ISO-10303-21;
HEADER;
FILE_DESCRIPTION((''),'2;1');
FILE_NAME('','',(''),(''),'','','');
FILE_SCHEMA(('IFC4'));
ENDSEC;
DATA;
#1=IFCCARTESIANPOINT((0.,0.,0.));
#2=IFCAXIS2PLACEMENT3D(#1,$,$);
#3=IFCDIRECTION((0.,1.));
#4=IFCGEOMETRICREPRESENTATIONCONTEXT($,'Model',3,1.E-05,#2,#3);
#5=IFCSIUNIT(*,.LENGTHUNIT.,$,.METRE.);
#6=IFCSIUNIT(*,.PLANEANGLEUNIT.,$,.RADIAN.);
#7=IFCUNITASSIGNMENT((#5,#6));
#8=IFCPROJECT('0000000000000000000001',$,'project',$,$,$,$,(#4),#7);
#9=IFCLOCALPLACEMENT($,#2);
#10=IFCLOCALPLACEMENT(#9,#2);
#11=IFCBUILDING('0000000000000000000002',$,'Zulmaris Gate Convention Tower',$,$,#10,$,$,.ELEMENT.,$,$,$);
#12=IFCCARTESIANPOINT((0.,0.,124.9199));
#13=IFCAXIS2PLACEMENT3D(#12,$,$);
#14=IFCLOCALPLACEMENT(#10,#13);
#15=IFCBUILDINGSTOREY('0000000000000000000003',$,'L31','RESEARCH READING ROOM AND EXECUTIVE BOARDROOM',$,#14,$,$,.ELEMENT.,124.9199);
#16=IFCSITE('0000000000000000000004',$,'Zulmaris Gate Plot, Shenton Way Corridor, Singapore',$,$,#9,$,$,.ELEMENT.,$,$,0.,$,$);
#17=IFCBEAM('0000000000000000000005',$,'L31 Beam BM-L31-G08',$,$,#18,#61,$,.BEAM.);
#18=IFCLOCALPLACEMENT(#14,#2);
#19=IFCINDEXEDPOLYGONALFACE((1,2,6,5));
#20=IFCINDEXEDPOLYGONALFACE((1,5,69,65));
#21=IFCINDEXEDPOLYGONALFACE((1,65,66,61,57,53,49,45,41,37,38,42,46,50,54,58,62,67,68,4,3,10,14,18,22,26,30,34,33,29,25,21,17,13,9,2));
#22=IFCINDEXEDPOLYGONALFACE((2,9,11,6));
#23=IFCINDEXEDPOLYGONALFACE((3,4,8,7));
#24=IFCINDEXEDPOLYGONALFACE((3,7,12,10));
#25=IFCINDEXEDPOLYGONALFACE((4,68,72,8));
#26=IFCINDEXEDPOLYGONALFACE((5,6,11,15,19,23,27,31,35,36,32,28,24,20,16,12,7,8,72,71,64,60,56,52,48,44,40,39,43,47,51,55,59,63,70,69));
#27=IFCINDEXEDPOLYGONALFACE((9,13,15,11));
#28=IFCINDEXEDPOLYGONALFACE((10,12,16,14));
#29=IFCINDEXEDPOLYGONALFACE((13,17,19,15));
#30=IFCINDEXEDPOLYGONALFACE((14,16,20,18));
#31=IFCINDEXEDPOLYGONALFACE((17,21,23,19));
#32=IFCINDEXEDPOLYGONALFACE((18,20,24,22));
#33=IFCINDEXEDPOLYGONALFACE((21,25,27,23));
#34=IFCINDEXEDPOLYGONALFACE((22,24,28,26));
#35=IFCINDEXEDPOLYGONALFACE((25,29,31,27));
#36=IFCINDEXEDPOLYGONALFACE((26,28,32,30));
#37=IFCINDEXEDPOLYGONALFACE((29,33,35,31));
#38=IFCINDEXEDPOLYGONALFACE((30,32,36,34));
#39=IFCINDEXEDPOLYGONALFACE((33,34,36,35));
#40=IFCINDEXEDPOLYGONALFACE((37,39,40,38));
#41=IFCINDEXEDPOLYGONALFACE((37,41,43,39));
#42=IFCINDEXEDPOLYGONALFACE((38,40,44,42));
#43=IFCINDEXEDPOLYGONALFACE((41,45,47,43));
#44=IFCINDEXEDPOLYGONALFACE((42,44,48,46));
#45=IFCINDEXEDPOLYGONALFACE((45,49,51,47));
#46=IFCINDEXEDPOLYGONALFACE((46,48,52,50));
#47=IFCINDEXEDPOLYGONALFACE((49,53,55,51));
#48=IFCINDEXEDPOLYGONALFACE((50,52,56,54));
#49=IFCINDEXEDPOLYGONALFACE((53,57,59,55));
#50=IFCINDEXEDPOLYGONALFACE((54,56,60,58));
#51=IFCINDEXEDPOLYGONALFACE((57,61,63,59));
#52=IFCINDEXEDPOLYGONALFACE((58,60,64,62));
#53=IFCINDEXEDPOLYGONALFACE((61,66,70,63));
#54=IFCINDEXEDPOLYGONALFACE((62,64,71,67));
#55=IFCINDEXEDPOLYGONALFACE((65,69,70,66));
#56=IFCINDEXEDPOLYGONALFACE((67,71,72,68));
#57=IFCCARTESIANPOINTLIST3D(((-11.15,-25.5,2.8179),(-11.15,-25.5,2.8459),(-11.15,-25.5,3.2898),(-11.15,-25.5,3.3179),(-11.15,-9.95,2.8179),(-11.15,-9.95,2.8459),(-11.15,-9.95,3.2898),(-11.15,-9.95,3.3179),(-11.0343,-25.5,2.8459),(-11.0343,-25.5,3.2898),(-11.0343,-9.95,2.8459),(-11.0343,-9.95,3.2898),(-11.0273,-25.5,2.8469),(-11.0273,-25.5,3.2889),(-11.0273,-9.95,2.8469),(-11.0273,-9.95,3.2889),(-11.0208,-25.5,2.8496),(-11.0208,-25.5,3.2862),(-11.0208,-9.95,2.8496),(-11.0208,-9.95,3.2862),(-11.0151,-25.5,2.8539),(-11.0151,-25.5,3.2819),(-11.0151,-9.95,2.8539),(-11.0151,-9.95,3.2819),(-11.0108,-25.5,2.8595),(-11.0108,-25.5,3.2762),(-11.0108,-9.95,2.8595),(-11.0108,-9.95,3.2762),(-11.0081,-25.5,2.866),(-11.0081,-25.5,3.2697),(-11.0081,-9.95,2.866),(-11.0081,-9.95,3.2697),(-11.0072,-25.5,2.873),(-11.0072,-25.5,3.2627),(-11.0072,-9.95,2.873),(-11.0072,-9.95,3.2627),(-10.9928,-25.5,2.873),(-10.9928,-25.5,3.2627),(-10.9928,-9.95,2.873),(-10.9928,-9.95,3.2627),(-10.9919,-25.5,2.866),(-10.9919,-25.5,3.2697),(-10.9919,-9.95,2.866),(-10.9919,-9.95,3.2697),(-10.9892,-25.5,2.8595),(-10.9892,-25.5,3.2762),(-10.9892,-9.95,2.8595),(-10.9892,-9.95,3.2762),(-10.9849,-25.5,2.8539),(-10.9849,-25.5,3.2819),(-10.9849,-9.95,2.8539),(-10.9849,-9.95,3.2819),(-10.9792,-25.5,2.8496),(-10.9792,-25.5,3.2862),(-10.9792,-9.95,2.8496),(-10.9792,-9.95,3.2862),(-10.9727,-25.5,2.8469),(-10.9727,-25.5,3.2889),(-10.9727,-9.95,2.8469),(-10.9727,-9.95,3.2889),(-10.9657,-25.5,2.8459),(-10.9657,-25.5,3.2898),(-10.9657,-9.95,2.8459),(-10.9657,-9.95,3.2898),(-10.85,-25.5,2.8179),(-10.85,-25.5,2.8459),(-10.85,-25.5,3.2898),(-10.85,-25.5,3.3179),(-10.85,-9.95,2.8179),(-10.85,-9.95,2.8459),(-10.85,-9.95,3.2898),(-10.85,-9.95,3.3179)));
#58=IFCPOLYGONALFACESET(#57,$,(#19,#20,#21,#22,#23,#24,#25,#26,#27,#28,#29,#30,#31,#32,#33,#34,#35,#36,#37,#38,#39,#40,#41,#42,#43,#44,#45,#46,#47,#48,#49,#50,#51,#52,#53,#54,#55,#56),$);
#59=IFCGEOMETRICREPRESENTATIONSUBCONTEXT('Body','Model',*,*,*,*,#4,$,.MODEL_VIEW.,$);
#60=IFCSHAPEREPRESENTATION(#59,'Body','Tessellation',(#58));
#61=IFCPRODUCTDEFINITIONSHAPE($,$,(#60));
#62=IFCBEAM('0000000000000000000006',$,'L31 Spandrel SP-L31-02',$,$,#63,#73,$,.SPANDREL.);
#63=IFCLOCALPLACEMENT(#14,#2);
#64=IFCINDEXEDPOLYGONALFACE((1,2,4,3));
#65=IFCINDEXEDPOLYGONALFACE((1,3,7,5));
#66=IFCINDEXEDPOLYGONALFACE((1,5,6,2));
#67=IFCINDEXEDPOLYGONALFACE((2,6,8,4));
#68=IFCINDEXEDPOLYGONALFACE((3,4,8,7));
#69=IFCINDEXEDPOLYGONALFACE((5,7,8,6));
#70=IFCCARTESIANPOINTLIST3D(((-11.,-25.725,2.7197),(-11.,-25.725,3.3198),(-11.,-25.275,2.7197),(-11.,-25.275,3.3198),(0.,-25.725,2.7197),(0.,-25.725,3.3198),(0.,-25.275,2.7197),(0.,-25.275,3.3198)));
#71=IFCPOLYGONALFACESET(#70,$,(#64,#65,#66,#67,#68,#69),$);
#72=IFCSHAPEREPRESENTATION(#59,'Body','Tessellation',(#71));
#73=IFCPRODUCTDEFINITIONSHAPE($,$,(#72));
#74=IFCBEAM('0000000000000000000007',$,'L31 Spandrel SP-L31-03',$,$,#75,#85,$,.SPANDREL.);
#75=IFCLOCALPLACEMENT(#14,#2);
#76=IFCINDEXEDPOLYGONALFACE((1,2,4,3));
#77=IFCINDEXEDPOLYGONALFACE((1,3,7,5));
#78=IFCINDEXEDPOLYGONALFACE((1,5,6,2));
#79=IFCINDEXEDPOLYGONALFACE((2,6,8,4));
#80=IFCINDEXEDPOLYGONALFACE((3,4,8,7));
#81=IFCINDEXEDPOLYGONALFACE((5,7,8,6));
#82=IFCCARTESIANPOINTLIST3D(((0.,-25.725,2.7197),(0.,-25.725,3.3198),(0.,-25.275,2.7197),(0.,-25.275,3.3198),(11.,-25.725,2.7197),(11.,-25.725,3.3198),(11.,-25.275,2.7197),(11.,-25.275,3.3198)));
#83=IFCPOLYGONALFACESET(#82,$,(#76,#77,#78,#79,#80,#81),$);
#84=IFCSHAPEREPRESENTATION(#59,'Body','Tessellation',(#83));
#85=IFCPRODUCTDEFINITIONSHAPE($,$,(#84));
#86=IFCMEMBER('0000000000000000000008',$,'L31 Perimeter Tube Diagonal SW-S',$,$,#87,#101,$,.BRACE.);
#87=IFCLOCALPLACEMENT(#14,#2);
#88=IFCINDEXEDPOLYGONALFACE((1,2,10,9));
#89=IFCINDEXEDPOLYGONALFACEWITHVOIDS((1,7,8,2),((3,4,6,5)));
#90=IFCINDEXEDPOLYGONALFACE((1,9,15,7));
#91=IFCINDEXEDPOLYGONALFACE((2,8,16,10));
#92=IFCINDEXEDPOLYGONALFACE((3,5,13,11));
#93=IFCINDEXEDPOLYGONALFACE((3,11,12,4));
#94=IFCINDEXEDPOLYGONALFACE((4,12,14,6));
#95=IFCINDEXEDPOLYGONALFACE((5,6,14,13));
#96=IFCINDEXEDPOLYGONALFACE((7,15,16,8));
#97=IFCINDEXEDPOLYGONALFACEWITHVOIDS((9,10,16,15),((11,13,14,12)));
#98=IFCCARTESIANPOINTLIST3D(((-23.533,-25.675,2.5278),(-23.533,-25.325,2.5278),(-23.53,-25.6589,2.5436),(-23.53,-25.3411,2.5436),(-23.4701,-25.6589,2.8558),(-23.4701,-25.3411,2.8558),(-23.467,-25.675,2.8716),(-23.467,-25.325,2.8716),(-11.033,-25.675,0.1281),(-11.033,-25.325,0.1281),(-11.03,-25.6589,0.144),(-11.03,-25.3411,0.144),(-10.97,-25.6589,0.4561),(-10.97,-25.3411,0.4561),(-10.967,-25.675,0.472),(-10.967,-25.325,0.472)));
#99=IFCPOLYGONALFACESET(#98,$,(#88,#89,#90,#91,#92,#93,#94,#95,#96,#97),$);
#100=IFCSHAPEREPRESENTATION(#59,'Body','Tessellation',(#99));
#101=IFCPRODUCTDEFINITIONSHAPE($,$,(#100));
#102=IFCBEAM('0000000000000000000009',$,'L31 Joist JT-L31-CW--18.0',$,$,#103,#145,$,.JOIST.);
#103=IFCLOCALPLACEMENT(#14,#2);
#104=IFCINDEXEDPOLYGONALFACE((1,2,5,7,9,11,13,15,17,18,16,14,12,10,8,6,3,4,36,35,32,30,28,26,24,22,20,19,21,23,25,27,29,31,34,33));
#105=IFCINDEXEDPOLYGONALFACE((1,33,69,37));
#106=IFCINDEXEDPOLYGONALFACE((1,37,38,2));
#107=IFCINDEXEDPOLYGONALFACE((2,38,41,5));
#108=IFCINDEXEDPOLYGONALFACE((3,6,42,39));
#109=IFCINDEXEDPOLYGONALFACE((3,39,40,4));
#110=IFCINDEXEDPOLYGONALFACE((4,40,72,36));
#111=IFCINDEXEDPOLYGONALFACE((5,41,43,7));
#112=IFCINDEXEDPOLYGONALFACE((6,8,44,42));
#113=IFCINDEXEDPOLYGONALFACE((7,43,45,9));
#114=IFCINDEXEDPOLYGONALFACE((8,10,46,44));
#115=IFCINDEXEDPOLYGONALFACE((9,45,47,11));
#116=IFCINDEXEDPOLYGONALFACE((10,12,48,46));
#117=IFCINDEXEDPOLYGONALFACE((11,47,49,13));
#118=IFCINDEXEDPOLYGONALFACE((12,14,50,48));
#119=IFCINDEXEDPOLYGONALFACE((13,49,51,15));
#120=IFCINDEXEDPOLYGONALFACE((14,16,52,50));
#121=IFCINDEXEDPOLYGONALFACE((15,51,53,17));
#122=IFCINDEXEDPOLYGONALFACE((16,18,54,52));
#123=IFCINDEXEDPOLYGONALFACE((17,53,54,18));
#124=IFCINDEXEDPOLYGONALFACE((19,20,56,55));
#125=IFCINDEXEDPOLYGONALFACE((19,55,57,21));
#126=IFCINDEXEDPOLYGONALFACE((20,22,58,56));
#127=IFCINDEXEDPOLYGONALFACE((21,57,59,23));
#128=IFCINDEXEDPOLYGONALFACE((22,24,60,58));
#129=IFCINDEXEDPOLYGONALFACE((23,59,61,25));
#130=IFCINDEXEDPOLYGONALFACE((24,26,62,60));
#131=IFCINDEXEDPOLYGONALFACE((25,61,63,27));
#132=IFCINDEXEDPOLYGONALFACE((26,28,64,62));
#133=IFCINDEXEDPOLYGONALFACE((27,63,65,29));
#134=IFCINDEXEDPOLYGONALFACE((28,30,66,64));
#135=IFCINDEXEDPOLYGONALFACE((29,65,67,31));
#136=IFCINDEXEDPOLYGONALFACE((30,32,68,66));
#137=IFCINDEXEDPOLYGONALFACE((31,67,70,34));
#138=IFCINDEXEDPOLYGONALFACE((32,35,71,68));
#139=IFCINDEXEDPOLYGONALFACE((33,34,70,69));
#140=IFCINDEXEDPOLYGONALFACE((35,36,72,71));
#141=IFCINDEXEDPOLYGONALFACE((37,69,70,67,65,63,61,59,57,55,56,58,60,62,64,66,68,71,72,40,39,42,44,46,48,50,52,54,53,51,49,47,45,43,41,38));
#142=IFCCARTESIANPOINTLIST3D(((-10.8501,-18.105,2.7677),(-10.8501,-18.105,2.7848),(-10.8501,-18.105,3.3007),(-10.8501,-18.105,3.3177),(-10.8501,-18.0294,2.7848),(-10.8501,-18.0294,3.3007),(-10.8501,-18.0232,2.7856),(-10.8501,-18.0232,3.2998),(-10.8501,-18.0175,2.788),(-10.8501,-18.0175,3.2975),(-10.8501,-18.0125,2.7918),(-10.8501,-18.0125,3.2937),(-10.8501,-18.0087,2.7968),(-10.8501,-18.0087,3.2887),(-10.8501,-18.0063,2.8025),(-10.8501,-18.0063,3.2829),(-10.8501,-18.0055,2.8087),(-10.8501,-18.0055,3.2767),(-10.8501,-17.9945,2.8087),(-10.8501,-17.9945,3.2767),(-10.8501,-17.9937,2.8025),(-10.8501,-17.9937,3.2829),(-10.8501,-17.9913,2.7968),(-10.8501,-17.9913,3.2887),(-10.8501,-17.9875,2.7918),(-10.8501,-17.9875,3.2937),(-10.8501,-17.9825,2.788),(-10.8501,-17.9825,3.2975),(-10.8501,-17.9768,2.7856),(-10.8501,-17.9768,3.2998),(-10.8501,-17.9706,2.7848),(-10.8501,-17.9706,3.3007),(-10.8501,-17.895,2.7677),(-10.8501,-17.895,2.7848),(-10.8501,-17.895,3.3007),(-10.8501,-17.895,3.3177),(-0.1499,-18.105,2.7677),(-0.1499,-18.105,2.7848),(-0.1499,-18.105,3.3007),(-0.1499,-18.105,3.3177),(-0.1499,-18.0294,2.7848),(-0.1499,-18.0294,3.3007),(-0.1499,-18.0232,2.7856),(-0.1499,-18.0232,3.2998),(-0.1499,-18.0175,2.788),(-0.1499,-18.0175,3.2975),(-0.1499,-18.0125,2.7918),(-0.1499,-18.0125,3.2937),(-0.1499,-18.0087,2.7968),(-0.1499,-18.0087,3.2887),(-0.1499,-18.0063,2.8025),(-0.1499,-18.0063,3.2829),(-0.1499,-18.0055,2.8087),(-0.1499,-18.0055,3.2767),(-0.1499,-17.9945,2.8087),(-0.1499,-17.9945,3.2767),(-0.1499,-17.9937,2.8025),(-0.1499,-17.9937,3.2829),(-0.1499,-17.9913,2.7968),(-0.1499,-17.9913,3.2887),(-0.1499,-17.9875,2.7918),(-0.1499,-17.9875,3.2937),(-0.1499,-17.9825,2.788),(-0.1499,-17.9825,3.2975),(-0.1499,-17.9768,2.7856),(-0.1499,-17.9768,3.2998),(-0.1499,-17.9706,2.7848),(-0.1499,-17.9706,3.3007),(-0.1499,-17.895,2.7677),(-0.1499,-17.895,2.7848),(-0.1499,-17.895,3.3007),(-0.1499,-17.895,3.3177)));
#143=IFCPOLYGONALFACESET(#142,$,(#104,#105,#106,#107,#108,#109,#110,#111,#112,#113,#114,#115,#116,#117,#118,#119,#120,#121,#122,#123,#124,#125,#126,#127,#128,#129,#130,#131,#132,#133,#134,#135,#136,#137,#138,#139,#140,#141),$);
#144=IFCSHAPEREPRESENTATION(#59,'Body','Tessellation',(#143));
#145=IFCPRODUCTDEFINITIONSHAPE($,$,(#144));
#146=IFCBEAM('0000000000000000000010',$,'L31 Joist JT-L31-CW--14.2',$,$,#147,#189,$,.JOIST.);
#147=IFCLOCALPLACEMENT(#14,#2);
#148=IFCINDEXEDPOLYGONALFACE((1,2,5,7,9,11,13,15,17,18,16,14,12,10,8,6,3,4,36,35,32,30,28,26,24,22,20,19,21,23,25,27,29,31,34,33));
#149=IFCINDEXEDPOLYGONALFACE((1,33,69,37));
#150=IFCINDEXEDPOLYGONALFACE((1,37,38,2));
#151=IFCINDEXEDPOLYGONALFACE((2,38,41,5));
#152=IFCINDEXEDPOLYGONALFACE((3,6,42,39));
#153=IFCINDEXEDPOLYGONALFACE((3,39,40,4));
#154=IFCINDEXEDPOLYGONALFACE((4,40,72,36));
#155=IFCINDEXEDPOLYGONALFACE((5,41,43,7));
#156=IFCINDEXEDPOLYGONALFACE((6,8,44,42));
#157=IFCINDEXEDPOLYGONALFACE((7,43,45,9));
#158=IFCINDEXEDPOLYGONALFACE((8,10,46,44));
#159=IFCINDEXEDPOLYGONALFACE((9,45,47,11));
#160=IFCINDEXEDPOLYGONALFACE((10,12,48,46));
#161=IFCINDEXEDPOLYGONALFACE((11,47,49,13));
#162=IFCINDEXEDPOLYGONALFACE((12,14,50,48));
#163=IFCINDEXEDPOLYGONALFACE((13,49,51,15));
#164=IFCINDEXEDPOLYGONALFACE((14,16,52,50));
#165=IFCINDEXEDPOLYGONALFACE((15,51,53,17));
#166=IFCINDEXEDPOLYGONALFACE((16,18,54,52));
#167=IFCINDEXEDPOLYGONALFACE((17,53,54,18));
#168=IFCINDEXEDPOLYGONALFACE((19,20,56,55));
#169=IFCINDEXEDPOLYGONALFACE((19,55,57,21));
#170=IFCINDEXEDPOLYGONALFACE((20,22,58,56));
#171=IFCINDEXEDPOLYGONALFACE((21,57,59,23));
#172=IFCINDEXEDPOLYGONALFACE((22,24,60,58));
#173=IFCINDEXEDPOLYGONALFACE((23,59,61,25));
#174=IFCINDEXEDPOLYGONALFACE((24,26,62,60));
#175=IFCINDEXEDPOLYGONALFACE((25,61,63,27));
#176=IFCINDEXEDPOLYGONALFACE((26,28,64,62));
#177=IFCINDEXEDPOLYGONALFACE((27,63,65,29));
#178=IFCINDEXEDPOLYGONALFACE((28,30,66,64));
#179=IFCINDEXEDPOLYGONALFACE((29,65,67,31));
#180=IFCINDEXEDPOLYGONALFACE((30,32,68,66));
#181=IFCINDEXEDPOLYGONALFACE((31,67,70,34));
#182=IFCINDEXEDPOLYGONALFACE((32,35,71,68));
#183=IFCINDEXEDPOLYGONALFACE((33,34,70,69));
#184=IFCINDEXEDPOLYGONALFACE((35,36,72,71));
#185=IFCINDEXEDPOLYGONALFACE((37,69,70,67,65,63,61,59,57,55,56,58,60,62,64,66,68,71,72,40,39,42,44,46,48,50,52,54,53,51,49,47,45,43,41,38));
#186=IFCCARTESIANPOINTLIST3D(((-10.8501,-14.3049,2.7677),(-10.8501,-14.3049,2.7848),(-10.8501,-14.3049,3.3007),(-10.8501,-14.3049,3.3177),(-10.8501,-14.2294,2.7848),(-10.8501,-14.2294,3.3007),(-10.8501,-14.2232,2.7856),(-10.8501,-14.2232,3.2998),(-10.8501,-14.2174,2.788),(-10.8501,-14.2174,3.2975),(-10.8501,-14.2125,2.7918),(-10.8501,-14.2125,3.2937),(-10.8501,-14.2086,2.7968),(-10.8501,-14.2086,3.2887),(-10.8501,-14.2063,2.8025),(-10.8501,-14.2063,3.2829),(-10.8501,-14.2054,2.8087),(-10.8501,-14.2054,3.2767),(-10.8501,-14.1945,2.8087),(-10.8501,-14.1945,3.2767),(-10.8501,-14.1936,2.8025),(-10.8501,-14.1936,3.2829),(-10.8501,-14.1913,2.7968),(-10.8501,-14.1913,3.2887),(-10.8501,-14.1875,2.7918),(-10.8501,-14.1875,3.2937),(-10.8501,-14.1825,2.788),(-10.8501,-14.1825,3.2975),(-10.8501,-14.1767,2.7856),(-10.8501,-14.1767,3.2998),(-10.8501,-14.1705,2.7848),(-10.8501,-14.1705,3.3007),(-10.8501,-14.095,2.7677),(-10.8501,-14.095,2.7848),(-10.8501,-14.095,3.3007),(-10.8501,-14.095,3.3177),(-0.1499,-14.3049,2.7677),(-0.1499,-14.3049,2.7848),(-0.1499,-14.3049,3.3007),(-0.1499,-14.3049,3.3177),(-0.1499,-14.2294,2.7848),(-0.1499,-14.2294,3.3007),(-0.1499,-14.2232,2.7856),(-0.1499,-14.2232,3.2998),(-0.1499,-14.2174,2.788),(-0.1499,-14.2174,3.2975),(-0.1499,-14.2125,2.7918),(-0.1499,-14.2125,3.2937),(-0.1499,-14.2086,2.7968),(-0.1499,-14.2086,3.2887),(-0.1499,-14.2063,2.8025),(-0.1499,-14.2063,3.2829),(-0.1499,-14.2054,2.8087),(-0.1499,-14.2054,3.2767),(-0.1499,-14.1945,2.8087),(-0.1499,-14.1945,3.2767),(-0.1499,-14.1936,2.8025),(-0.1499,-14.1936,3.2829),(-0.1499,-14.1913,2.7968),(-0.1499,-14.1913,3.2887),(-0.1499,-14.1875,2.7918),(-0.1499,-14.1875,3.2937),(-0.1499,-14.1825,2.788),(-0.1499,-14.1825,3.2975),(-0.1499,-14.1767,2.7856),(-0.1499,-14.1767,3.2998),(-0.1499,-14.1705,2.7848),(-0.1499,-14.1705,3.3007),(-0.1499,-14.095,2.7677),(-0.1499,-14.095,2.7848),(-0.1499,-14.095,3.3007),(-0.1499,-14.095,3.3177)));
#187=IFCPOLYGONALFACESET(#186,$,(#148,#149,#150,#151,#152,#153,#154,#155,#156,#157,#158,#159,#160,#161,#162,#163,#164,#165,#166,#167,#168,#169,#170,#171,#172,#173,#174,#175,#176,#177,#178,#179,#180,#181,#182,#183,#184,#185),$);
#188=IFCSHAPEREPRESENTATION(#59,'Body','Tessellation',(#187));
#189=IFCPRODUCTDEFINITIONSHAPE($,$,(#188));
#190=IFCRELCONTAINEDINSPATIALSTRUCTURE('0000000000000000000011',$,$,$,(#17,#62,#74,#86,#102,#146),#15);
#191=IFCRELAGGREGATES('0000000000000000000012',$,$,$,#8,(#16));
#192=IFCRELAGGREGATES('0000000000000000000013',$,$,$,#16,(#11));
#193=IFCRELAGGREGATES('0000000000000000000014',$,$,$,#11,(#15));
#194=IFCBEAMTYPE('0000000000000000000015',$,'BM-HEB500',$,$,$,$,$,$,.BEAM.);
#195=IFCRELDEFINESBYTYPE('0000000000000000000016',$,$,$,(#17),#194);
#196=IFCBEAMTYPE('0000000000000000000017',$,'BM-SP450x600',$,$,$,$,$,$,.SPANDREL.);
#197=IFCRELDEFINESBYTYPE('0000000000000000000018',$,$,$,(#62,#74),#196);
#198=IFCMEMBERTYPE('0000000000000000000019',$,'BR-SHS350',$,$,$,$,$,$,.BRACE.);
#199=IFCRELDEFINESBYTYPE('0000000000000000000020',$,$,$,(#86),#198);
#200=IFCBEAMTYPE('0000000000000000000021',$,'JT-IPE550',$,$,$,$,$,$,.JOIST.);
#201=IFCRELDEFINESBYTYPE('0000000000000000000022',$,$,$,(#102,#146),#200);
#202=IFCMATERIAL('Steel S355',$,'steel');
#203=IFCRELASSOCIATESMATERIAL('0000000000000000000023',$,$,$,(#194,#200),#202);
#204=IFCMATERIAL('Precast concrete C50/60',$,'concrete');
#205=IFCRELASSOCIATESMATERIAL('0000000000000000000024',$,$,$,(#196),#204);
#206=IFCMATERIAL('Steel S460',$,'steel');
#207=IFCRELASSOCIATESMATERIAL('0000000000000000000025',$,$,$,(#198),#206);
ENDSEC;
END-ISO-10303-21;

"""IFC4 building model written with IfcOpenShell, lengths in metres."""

from ifc_helpers import new_model, si_unit, direction, frame, origin, origin_2d, place, context, subcontext, project, spatial, rectangle, hollow_rectangle, i_section, extrude, material, material_profile, profile_set, type_object, element, save


model = new_model("IFC4")

# Units and contexts
model_context = context("Model", 3, precision=1e-05, world=origin(), true_north=direction((0.0, 1.0)))
body_context = subcontext(model_context, "Body", "Model", "MODEL_VIEW")
ifc_project = project(units=[si_unit("LENGTHUNIT", "METRE"), si_unit("PLANEANGLEUNIT", "RADIAN")], contexts=[model_context])

# Site, building, storey
site_placement = place(None, origin())
site = spatial("IfcSite", under=ifc_project, at=site_placement, Name="Zulmaris Gate Plot, Shenton Way Corridor, Singapore", CompositionType="ELEMENT", RefElevation=0.0)
building_placement = place(site_placement, origin())
building = spatial("IfcBuilding", under=site, at=building_placement, Name="Zulmaris Gate Convention Tower", CompositionType="ELEMENT")
storey_placement = place(building_placement, frame((0.0, 0.0, 124.9199)))
storey = spatial("IfcBuildingStorey", under=building, at=storey_placement, Name="L31", Description="RESEARCH READING ROOM AND EXECUTIVE BOARDROOM", CompositionType="ELEMENT", Elevation=124.9199)

# Beams
ifc_material_1 = material(Name="Steel S355", Category="steel")
ifc_material_profile_1 = material_profile(ifc_material_1, i_section(OverallWidth=0.3, OverallDepth=0.5, WebThickness=0.0144, FlangeThickness=0.0281, FilletRadius=0.0271, at=origin_2d()), Name="HEB 500")
ifc_profile_set_1 = profile_set([ifc_material_profile_1], Name="Steel S355")
beam_type_1 = type_object("IfcBeamType", Name="BM-HEB500", PredefinedType="BEAM", material=ifc_profile_set_1)
beam_1_placement = place(storey_placement, frame((-11.0, -25.5, 3.0679), z_axis=(0.0, 1.0, 0.0), x_axis=(-1.0, 0.0, 0.0)))
element("IfcBeam", 1, at=beam_1_placement, inside=storey, type_object=beam_type_1, Name="L31 Beam BM-L31-G08", PredefinedType="BEAM", context=body_context, shape_type="SweptSolid", body=[
    extrude(i_section(OverallWidth=0.3, OverallDepth=0.5, WebThickness=0.0144, FlangeThickness=0.0281, FilletRadius=0.0271, at=origin_2d()), origin(), (0.0, 0.0, 1.0), 15.55),
])
ifc_material_2 = material(Name="Precast concrete C50/60", Category="concrete")
ifc_material_profile_2 = material_profile(ifc_material_2, rectangle(XDim=0.45, YDim=0.6001, at=origin_2d()), Name="RC SPANDREL 450x600")
ifc_profile_set_2 = profile_set([ifc_material_profile_2], Name="Precast concrete C50/60")
beam_type_2 = type_object("IfcBeamType", Name="BM-SP450x600", PredefinedType="SPANDREL", material=ifc_profile_set_2)
for number, where, z_axis, x_axis, name in (
    (2, (-11.0, -25.5, 3.0198), (1.0, 0.0, 0.0), (0.0, 1.0, 0.0), "L31 Spandrel SP-L31-02"),
    (3, (0.0, -25.5, 3.0198), (1.0, 0.0, 0.0), (0.0, 1.0, 0.0), "L31 Spandrel SP-L31-03"),
):
    element("IfcBeam", number, at=place(storey_placement, frame(where, z_axis=z_axis, x_axis=x_axis)), inside=storey, type_object=beam_type_2, Name=name, PredefinedType="SPANDREL", context=body_context, shape_type="SweptSolid", body=[
        extrude(rectangle(XDim=0.45, YDim=0.6001, at=origin_2d()), origin(), (0.0, 0.0, 1.0), 11.0),
    ])

# Member
ifc_material_3 = material(Name="Steel S460", Category="steel")
ifc_material_profile_3 = material_profile(ifc_material_3, hollow_rectangle(XDim=0.3501, YDim=0.3501, WallThickness=0.0161, at=origin_2d()), Name="SHS 350x350x16")
ifc_profile_set_3 = profile_set([ifc_material_profile_3], Name="Steel S460")
member_type = type_object("IfcMemberType", Name="BR-SHS350", PredefinedType="BRACE", material=ifc_profile_set_3)
member_placement = place(storey_placement, frame((-11.0, -25.5, 0.3), z_axis=(-0.982067, 0.0, 0.18853), x_axis=(0.0, -1.0, 0.0)))
element("IfcMember", 4, at=member_placement, inside=storey, type_object=member_type, Name="L31 Perimeter Tube Diagonal SW-S", PredefinedType="BRACE", context=body_context, shape_type="SweptSolid", body=[
    extrude(hollow_rectangle(XDim=0.3501, YDim=0.3501, WallThickness=0.0161, at=origin_2d()), origin(), (0.0, 0.0, 1.0), 12.7283),
])

# Beams
ifc_material_profile_4 = material_profile(ifc_material_1, i_section(OverallWidth=0.21, OverallDepth=0.55, WebThickness=0.011, FlangeThickness=0.0171, FilletRadius=0.0239, at=origin_2d()), Name="IPE 550")
ifc_profile_set_4 = profile_set([ifc_material_profile_4], Name="Steel S355")
beam_type_3 = type_object("IfcBeamType", Name="JT-IPE550", PredefinedType="JOIST", material=ifc_profile_set_4)
for number, where, z_axis, x_axis, name in (
    (5, (-10.8501, -18.0, 3.0427), (1.0, 0.0, 0.0), (0.0, 1.0, 0.0), "L31 Joist JT-L31-CW--18.0"),
    (6, (-10.8501, -14.2, 3.0427), (1.0, 0.0, 0.0), (0.0, 1.0, 0.0), "L31 Joist JT-L31-CW--14.2"),
):
    element("IfcBeam", number, at=place(storey_placement, frame(where, z_axis=z_axis, x_axis=x_axis)), inside=storey, type_object=beam_type_3, Name=name, PredefinedType="JOIST", context=body_context, shape_type="SweptSolid", body=[
        extrude(i_section(OverallWidth=0.21, OverallDepth=0.55, WebThickness=0.011, FlangeThickness=0.0171, FilletRadius=0.0239, at=origin_2d()), origin(), (0.0, 0.0, 1.0), 10.7002),
    ])

save(model, "model.ifc")
